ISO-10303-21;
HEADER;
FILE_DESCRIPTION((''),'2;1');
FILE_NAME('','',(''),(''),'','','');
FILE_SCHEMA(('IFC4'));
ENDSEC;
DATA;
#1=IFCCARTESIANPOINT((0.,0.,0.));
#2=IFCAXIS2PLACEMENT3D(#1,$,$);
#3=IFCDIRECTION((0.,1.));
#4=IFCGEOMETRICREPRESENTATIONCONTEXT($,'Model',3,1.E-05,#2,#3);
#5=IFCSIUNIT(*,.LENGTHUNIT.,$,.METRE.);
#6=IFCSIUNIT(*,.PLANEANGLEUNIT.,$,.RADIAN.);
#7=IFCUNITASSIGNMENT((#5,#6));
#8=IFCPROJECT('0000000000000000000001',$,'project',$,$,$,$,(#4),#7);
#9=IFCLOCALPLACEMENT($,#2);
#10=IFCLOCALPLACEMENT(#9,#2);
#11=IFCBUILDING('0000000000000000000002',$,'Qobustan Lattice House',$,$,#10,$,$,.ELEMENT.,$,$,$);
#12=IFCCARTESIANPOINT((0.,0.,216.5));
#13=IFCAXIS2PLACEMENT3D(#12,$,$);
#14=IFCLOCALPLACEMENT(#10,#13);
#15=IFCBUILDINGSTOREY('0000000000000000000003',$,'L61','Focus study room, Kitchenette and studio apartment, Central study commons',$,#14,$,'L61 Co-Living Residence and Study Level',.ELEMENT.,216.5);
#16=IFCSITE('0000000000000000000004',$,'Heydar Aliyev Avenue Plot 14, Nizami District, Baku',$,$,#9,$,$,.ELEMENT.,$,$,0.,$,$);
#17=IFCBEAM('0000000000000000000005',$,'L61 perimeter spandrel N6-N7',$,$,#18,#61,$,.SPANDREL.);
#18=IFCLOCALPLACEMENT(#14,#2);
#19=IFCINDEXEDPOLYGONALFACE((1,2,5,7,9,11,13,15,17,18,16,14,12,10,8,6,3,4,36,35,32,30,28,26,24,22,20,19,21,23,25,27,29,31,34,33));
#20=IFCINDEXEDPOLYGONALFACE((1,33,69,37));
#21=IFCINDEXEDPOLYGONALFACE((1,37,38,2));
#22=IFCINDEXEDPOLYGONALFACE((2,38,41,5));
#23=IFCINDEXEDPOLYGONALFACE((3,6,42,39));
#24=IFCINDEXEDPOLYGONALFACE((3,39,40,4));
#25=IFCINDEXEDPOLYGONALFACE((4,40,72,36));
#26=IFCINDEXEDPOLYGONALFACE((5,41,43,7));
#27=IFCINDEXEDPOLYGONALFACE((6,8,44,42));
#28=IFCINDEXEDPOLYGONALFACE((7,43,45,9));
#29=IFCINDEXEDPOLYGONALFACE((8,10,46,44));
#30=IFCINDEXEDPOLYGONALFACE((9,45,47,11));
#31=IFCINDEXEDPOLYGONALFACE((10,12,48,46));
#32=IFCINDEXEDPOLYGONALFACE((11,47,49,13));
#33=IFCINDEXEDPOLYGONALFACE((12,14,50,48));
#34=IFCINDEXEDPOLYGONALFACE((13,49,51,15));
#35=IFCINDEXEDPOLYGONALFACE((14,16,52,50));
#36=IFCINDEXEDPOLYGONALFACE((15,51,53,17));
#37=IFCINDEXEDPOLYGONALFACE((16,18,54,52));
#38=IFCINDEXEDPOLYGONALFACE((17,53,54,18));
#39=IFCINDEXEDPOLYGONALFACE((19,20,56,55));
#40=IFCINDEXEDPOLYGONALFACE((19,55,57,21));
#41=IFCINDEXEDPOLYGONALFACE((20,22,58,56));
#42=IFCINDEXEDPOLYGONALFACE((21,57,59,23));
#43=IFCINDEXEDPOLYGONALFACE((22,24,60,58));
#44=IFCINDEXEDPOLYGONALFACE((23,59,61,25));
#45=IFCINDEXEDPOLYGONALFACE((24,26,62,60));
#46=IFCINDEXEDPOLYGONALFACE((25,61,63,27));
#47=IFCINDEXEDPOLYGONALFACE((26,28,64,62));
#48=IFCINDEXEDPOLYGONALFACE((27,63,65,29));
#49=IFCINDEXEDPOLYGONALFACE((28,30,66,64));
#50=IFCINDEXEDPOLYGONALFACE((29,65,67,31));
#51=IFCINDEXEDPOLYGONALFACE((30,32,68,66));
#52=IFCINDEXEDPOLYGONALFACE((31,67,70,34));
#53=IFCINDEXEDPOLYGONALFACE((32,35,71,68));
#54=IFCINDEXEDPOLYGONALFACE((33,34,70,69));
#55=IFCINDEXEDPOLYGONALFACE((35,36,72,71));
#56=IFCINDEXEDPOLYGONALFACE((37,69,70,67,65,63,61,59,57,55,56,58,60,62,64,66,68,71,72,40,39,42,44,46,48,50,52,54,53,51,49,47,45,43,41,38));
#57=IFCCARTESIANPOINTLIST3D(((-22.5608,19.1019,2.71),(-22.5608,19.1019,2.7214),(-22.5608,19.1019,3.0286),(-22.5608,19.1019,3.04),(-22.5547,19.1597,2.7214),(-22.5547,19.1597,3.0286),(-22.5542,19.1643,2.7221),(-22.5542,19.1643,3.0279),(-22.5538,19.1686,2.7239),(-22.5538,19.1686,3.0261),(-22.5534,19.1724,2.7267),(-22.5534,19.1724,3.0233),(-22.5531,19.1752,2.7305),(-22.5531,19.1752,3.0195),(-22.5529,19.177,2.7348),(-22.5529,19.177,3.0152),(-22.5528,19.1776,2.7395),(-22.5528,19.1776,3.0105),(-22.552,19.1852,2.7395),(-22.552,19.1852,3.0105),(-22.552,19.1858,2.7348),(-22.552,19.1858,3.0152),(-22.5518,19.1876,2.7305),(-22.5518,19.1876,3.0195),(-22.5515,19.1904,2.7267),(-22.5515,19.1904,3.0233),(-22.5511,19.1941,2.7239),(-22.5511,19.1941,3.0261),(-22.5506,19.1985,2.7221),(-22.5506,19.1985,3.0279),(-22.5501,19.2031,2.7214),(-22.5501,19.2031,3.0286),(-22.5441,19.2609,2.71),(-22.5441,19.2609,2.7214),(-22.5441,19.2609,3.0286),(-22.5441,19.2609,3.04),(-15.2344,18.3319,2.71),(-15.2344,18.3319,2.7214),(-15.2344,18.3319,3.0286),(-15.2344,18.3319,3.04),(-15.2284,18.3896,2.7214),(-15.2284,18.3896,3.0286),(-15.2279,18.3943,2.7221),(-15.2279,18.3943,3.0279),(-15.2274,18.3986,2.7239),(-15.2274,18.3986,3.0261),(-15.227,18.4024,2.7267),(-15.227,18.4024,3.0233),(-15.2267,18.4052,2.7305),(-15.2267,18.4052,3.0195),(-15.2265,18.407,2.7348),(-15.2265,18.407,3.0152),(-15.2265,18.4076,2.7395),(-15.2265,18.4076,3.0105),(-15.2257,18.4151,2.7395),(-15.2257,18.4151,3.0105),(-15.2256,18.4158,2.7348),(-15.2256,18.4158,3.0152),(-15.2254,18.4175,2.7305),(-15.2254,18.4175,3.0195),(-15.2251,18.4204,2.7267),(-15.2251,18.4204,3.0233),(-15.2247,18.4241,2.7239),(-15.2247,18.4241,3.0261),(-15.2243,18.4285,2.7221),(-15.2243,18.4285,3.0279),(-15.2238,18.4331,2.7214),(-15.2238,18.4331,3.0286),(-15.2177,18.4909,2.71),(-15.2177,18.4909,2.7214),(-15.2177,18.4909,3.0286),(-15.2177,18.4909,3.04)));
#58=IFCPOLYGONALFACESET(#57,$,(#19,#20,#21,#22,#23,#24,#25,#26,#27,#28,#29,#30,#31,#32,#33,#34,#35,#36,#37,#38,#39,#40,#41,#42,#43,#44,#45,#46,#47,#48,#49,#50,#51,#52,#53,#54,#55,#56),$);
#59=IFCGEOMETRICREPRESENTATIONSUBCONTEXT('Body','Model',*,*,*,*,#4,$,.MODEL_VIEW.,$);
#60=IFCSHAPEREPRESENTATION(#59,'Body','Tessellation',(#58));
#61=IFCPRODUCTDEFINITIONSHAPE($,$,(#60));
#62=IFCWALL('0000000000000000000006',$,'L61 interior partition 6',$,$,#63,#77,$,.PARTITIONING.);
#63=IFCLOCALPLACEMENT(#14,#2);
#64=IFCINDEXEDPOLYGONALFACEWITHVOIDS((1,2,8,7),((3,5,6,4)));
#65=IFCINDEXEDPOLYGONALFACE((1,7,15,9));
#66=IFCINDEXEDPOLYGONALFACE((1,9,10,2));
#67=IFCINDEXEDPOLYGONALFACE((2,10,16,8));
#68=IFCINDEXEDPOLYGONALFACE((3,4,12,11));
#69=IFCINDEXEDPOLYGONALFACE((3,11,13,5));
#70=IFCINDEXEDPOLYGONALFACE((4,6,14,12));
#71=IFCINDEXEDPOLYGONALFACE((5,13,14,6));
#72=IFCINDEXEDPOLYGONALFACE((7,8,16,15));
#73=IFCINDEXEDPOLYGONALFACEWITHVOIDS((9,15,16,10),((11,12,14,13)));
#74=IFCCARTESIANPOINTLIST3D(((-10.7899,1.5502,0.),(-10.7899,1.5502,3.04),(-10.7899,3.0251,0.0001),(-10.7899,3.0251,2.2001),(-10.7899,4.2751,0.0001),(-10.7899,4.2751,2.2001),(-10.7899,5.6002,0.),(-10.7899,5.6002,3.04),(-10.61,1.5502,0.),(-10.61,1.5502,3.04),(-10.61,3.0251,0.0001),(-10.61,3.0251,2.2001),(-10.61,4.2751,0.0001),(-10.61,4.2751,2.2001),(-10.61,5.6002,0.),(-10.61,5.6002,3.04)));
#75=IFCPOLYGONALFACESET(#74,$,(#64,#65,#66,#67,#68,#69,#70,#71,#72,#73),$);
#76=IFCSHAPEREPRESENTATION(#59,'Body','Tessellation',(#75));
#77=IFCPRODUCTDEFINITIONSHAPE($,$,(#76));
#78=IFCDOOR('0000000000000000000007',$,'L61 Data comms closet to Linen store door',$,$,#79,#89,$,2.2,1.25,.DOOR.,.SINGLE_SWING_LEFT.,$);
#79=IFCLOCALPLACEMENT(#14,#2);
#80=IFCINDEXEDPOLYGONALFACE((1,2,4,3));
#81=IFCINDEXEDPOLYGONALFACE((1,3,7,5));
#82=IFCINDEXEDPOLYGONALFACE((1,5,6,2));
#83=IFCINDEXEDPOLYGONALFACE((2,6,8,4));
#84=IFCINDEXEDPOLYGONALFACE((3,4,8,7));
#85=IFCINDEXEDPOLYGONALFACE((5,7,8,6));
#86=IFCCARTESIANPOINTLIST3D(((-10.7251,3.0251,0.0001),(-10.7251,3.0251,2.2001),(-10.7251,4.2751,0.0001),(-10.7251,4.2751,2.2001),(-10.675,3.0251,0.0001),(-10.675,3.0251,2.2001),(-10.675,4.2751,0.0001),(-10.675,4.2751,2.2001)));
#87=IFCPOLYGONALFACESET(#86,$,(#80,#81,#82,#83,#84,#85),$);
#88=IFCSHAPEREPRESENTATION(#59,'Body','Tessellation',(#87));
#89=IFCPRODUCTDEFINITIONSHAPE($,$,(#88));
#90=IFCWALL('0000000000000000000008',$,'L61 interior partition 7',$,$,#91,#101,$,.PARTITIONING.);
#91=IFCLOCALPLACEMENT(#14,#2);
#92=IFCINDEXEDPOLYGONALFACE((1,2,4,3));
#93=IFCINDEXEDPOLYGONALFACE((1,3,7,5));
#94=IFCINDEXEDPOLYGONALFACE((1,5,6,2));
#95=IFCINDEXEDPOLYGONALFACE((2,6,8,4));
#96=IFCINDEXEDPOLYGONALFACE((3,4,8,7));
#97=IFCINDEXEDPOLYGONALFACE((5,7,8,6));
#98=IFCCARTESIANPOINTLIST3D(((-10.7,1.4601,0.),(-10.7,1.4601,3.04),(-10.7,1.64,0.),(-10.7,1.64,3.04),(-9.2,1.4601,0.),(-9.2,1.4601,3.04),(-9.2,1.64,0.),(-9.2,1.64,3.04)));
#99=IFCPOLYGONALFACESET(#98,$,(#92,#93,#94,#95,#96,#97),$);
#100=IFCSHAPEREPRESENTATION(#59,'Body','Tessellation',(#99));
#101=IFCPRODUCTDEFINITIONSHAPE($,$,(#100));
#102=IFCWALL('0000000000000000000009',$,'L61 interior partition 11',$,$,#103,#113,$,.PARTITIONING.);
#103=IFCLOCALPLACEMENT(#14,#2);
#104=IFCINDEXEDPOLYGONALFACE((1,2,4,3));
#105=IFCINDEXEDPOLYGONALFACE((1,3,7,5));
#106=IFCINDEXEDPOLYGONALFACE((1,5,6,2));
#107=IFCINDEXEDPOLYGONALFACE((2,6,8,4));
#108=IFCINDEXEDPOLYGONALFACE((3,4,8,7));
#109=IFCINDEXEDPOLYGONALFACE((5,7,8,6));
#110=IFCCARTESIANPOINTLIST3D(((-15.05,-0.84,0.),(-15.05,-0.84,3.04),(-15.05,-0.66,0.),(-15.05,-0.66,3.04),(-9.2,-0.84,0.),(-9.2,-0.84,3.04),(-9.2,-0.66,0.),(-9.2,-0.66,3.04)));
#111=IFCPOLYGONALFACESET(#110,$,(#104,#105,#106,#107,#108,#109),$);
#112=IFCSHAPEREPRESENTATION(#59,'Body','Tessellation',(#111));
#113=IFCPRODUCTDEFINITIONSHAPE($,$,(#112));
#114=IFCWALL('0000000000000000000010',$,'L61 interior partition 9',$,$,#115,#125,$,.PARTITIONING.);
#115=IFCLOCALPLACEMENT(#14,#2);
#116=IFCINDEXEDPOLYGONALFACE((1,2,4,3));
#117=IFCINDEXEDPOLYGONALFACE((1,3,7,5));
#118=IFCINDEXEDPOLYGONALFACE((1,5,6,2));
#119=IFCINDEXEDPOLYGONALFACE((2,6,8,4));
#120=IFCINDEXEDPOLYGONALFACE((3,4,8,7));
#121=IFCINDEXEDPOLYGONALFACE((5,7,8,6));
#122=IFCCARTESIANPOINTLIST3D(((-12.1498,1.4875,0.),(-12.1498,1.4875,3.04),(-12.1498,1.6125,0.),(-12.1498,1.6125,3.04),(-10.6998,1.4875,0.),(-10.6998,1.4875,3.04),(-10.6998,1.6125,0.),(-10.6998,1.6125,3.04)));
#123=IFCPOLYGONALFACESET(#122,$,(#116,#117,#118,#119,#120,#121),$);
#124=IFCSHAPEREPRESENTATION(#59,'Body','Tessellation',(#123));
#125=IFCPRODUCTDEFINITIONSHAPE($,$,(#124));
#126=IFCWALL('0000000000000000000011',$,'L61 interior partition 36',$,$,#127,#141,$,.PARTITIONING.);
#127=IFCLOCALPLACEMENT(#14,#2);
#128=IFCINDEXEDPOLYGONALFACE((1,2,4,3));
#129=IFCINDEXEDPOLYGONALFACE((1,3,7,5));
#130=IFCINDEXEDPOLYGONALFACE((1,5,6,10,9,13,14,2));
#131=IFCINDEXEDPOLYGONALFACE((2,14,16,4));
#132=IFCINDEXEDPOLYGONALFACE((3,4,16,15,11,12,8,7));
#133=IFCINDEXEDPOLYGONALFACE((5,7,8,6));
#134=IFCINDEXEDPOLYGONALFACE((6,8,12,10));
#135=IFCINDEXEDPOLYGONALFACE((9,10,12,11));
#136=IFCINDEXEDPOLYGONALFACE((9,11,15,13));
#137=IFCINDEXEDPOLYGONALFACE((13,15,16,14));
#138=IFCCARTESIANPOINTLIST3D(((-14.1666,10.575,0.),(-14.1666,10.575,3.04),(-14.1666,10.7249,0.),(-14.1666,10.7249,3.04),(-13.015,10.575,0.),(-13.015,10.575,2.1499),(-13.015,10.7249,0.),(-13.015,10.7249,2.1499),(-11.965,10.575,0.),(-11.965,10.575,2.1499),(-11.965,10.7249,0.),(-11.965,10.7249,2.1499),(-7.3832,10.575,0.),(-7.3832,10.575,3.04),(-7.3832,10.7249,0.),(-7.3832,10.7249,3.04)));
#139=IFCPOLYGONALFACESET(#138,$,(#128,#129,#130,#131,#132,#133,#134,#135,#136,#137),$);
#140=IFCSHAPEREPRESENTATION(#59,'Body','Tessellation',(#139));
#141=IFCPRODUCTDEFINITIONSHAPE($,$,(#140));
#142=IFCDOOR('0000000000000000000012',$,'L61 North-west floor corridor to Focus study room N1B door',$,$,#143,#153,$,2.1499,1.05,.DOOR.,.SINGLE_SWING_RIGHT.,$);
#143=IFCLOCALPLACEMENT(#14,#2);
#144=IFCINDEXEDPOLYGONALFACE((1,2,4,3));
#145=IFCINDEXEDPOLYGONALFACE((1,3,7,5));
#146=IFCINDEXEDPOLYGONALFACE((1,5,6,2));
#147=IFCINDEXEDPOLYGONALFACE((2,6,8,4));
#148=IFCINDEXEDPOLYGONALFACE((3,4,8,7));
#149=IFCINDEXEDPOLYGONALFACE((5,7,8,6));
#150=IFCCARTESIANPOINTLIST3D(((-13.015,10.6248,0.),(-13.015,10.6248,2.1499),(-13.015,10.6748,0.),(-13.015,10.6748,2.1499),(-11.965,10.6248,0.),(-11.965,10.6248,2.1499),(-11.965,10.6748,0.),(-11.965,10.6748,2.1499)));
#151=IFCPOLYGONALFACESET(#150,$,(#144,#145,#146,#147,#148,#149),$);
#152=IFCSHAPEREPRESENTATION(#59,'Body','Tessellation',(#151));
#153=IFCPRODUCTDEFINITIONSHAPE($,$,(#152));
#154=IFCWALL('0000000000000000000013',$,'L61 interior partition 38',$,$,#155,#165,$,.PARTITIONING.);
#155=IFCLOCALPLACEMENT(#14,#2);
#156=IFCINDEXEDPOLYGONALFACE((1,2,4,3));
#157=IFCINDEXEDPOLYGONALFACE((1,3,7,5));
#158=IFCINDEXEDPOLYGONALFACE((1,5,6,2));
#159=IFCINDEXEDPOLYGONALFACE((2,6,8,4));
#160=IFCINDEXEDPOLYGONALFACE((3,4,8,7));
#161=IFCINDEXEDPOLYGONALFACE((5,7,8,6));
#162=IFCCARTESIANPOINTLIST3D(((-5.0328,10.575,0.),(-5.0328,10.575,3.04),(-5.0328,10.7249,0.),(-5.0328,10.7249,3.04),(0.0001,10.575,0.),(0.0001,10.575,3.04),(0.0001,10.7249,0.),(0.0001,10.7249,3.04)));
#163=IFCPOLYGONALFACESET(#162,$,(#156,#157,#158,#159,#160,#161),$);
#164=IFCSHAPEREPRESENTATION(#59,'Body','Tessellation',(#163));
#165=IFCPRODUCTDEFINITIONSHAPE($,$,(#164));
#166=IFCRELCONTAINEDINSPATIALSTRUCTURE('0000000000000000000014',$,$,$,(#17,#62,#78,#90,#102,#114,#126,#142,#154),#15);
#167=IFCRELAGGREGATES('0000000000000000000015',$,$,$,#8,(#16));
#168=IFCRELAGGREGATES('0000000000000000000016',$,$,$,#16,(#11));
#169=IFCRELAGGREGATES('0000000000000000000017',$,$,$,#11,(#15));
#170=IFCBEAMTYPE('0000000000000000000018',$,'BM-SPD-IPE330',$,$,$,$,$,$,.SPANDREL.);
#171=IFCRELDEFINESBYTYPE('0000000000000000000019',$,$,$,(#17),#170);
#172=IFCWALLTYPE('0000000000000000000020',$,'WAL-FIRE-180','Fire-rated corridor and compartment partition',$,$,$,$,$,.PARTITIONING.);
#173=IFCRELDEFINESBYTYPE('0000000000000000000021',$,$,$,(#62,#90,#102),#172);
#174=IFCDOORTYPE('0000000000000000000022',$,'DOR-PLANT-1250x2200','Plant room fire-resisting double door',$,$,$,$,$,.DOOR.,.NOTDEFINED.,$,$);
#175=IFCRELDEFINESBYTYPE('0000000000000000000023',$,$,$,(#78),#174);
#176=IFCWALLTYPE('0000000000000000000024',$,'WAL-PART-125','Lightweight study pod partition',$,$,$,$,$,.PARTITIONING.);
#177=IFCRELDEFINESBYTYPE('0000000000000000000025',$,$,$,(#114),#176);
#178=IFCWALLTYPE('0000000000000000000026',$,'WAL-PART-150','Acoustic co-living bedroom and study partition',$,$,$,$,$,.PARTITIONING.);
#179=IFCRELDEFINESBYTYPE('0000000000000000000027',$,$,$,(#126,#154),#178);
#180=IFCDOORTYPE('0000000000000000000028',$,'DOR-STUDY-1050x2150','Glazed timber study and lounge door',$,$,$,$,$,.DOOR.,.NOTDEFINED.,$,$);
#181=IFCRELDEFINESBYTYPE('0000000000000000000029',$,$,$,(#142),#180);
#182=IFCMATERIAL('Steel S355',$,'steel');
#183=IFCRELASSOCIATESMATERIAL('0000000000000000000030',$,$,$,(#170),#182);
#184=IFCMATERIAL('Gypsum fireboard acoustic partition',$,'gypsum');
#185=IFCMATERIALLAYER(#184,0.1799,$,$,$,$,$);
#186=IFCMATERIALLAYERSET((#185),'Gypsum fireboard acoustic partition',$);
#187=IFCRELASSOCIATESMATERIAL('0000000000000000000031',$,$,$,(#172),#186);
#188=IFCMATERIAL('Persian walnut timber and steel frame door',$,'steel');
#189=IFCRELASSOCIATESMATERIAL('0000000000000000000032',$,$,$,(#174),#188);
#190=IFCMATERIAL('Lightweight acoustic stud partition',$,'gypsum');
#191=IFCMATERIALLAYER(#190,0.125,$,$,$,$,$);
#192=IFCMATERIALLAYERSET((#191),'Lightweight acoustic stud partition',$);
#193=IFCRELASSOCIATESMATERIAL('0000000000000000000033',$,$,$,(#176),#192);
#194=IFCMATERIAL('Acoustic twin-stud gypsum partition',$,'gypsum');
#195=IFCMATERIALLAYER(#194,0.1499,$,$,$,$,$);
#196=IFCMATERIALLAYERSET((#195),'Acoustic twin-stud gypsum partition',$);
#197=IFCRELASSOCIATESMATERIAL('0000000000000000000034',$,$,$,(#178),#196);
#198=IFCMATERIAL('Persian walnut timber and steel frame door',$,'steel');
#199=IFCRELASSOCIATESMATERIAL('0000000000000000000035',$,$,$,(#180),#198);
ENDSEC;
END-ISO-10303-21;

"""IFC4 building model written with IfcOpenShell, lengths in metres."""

from ifc_helpers import new_model, si_unit, direction, frame, frame_2d, origin, origin_2d, place, context, subcontext, project, spatial, rectangle, i_section, extrude, material, layer, layer_set, material_profile, profile_set, type_object, element, fill, save


model = new_model("IFC4")

# Units and contexts
model_context = context("Model", 3, precision=1e-05, world=origin(), true_north=direction((0.0, 1.0)))
body_context = subcontext(model_context, "Body", "Model", "MODEL_VIEW")
ifc_project = project(units=[si_unit("LENGTHUNIT", "METRE"), si_unit("PLANEANGLEUNIT", "RADIAN")], contexts=[model_context])

# Site, building, storey
site_placement = place(None, origin())
site = spatial("IfcSite", under=ifc_project, at=site_placement, Name="Heydar Aliyev Avenue Plot 14, Nizami District, Baku", CompositionType="ELEMENT", RefElevation=0.0)
building_placement = place(site_placement, origin())
building = spatial("IfcBuilding", under=site, at=building_placement, Name="Qobustan Lattice House", CompositionType="ELEMENT")
storey_placement = place(building_placement, frame((0.0, 0.0, 216.5)))
storey = spatial("IfcBuildingStorey", under=building, at=storey_placement, Name="L61", Description="Focus study room, Kitchenette and studio apartment, Central study commons", LongName="L61 Co-Living Residence and Study Level", CompositionType="ELEMENT", Elevation=216.5)

# Beam
ifc_material_1 = material(Name="Steel S355", Category="steel")
ifc_material_profile_1 = material_profile(ifc_material_1, i_section(OverallWidth=0.1599, OverallDepth=0.3301, WebThickness=0.0076, FlangeThickness=0.0115, FilletRadius=0.0181, at=origin_2d()), Name="IPE330")
ifc_profile_set_1 = profile_set([ifc_material_profile_1], Name="Steel S355")
beam_type_1 = type_object("IfcBeamType", Name="BM-SPD-IPE330", PredefinedType="SPANDREL", material=ifc_profile_set_1)
beam_1_placement = place(storey_placement, frame((-15.2261, 18.4114, 2.875), z_axis=(-0.994522, 0.104526, 0.0), x_axis=(-0.104526, -0.994522, 0.0)))
element("IfcBeam", 1, at=beam_1_placement, inside=storey, type_object=beam_type_1, Name="L61 perimeter spandrel N6-N7", PredefinedType="SPANDREL", context=body_context, shape_type="SweptSolid", body=[
    extrude(i_section(OverallWidth=0.1599, OverallDepth=0.3301, WebThickness=0.0076, FlangeThickness=0.0115, FilletRadius=0.0181, at=origin_2d()), origin(), (0.0, 0.0, 1.0), 7.3667),
])

# Wall, opening, door
ifc_material_2 = material(Name="Gypsum fireboard acoustic partition", Category="gypsum")
ifc_layer_1 = layer(ifc_material_2, 0.1799)
ifc_layer_set_1 = layer_set([ifc_layer_1], Name="Gypsum fireboard acoustic partition")
wall_type_1 = type_object("IfcWallType", Name="WAL-FIRE-180", Description="Fire-rated corridor and compartment partition", PredefinedType="PARTITIONING", material=ifc_layer_set_1)
wall_1_placement = place(storey_placement, frame((-10.7, 5.6001, 0.0), z_axis=(0.0, 0.0, 1.0), x_axis=(0.0, -1.0, 0.0)))
wall_1 = element("IfcWall", 2, at=wall_1_placement, inside=storey, type_object=wall_type_1, Name="L61 interior partition 6", PredefinedType="PARTITIONING", context=body_context, shape_type="SweptSolid", body=[
    extrude(rectangle(XDim=4.05, YDim=0.1799, at=frame_2d((2.0249, 0.0))), origin(), (0.0, 0.0, 1.0), 3.04),
])
opening_1_placement = place(wall_1_placement, frame((1.325, 0.0, 0.0)))
opening_1 = element("IfcOpeningElement", 3, at=opening_1_placement, cuts=wall_1, PredefinedType="OPENING", context=body_context, shape_type="SweptSolid", body=[
    extrude(rectangle(XDim=1.25, YDim=2.2, at=frame_2d((0.625, 1.1001))), frame((0.0, 0.0999, 0.0), z_axis=(0.0, -1.0, 0.0), x_axis=(1.0, 0.0, 0.0)), (0.0, 0.0, 1.0), 0.2),
])
ifc_material_3 = material(Name="Persian walnut timber and steel frame door", Category="steel")
door_type_1 = type_object("IfcDoorType", Name="DOR-PLANT-1250x2200", Description="Plant room fire-resisting double door", OperationType="NOTDEFINED", PredefinedType="DOOR", material=ifc_material_3)
door_1_placement = place(opening_1_placement, origin())
door_1 = element("IfcDoor", 4, at=door_1_placement, inside=storey, type_object=door_type_1, Name="L61 Data comms closet to Linen store door", OperationType="SINGLE_SWING_LEFT", OverallHeight=2.2, OverallWidth=1.25, PredefinedType="DOOR", context=body_context, shape_type="SweptSolid", body=[
    extrude(rectangle(XDim=1.25, YDim=2.2, at=frame_2d((0.625, 1.1001))), frame((0.0, 0.0249, 0.0), z_axis=(0.0, -1.0, 0.0), x_axis=(1.0, 0.0, 0.0)), (0.0, 0.0, 1.0), 0.05),
])
fill(opening_1, door_1)

# Walls
wall_2_placement = place(storey_placement, frame((-10.7, 1.55, 0.0), z_axis=(0.0, 0.0, 1.0), x_axis=(1.0, 0.0, 0.0)))
element("IfcWall", 5, at=wall_2_placement, inside=storey, type_object=wall_type_1, Name="L61 interior partition 7", PredefinedType="PARTITIONING", context=body_context, shape_type="SweptSolid", body=[
    extrude(rectangle(XDim=1.5, YDim=0.1799, at=frame_2d((0.75, 0.0))), origin(), (0.0, 0.0, 1.0), 3.04),
])
wall_3_placement = place(storey_placement, frame((-9.2, -0.75, 0.0), z_axis=(0.0, 0.0, 1.0), x_axis=(-1.0, 0.0, 0.0)))
element("IfcWall", 6, at=wall_3_placement, inside=storey, type_object=wall_type_1, Name="L61 interior partition 11", PredefinedType="PARTITIONING", context=body_context, shape_type="SweptSolid", body=[
    extrude(rectangle(XDim=5.8501, YDim=0.1799, at=frame_2d((2.925, 0.0))), origin(), (0.0, 0.0, 1.0), 3.04),
])
ifc_material_4 = material(Name="Lightweight acoustic stud partition", Category="gypsum")
ifc_layer_2 = layer(ifc_material_4, 0.125)
ifc_layer_set_2 = layer_set([ifc_layer_2], Name="Lightweight acoustic stud partition")
wall_type_2 = type_object("IfcWallType", Name="WAL-PART-125", Description="Lightweight study pod partition", PredefinedType="PARTITIONING", material=ifc_layer_set_2)
wall_4_placement = place(storey_placement, frame((-12.1499, 1.55, 0.0), z_axis=(0.0, 0.0, 1.0), x_axis=(1.0, 0.0, 0.0)))
element("IfcWall", 7, at=wall_4_placement, inside=storey, type_object=wall_type_2, Name="L61 interior partition 9", PredefinedType="PARTITIONING", context=body_context, shape_type="SweptSolid", body=[
    extrude(rectangle(XDim=1.45, YDim=0.125, at=frame_2d((0.7251, 0.0))), origin(), (0.0, 0.0, 1.0), 3.04),
])

# Wall, opening, door
ifc_material_5 = material(Name="Acoustic twin-stud gypsum partition", Category="gypsum")
ifc_layer_3 = layer(ifc_material_5, 0.1499)
ifc_layer_set_3 = layer_set([ifc_layer_3], Name="Acoustic twin-stud gypsum partition")
wall_type_3 = type_object("IfcWallType", Name="WAL-PART-150", Description="Acoustic co-living bedroom and study partition", PredefinedType="PARTITIONING", material=ifc_layer_set_3)
wall_5_placement = place(storey_placement, frame((-14.1665, 10.6499, 0.0), z_axis=(0.0, 0.0, 1.0), x_axis=(1.0, 0.0, 0.0)))
wall_5 = element("IfcWall", 8, at=wall_5_placement, inside=storey, type_object=wall_type_3, Name="L61 interior partition 36", PredefinedType="PARTITIONING", context=body_context, shape_type="SweptSolid", body=[
    extrude(rectangle(XDim=6.7834, YDim=0.1499, at=frame_2d((3.3916, 0.0))), origin(), (0.0, 0.0, 1.0), 3.04),
])
opening_2_placement = place(wall_5_placement, frame((1.1516, 0.0, 0.0)))
opening_2 = element("IfcOpeningElement", 9, at=opening_2_placement, cuts=wall_5, PredefinedType="OPENING", context=body_context, shape_type="SweptSolid", body=[
    extrude(rectangle(XDim=1.05, YDim=2.1499, at=frame_2d((0.5249, 1.075))), frame((0.0, 0.085, 0.0), z_axis=(0.0, -1.0, 0.0), x_axis=(1.0, 0.0, 0.0)), (0.0, 0.0, 1.0), 0.1699),
])
ifc_material_6 = material(Name="Persian walnut timber and steel frame door", Category="steel")
door_type_2 = type_object("IfcDoorType", Name="DOR-STUDY-1050x2150", Description="Glazed timber study and lounge door", OperationType="NOTDEFINED", PredefinedType="DOOR", material=ifc_material_6)
door_2_placement = place(opening_2_placement, origin())
door_2 = element("IfcDoor", 10, at=door_2_placement, inside=storey, type_object=door_type_2, Name="L61 North-west floor corridor to Focus study room N1B door", OperationType="SINGLE_SWING_RIGHT", OverallHeight=2.1499, OverallWidth=1.05, PredefinedType="DOOR", context=body_context, shape_type="SweptSolid", body=[
    extrude(rectangle(XDim=1.05, YDim=2.1499, at=frame_2d((0.5249, 1.075))), frame((0.0, 0.0249, 0.0), z_axis=(0.0, -1.0, 0.0), x_axis=(1.0, 0.0, 0.0)), (0.0, 0.0, 1.0), 0.05),
])
fill(opening_2, door_2)

# Wall
wall_6_placement = place(storey_placement, frame((-5.033, 10.6499, 0.0), z_axis=(0.0, 0.0, 1.0), x_axis=(1.0, 0.0, 0.0)))
element("IfcWall", 11, at=wall_6_placement, inside=storey, type_object=wall_type_3, Name="L61 interior partition 38", PredefinedType="PARTITIONING", context=body_context, shape_type="SweptSolid", body=[
    extrude(rectangle(XDim=5.033, YDim=0.1499, at=frame_2d((2.5166, 0.0))), origin(), (0.0, 0.0, 1.0), 3.04),
])

save(model, "model.ifc")
